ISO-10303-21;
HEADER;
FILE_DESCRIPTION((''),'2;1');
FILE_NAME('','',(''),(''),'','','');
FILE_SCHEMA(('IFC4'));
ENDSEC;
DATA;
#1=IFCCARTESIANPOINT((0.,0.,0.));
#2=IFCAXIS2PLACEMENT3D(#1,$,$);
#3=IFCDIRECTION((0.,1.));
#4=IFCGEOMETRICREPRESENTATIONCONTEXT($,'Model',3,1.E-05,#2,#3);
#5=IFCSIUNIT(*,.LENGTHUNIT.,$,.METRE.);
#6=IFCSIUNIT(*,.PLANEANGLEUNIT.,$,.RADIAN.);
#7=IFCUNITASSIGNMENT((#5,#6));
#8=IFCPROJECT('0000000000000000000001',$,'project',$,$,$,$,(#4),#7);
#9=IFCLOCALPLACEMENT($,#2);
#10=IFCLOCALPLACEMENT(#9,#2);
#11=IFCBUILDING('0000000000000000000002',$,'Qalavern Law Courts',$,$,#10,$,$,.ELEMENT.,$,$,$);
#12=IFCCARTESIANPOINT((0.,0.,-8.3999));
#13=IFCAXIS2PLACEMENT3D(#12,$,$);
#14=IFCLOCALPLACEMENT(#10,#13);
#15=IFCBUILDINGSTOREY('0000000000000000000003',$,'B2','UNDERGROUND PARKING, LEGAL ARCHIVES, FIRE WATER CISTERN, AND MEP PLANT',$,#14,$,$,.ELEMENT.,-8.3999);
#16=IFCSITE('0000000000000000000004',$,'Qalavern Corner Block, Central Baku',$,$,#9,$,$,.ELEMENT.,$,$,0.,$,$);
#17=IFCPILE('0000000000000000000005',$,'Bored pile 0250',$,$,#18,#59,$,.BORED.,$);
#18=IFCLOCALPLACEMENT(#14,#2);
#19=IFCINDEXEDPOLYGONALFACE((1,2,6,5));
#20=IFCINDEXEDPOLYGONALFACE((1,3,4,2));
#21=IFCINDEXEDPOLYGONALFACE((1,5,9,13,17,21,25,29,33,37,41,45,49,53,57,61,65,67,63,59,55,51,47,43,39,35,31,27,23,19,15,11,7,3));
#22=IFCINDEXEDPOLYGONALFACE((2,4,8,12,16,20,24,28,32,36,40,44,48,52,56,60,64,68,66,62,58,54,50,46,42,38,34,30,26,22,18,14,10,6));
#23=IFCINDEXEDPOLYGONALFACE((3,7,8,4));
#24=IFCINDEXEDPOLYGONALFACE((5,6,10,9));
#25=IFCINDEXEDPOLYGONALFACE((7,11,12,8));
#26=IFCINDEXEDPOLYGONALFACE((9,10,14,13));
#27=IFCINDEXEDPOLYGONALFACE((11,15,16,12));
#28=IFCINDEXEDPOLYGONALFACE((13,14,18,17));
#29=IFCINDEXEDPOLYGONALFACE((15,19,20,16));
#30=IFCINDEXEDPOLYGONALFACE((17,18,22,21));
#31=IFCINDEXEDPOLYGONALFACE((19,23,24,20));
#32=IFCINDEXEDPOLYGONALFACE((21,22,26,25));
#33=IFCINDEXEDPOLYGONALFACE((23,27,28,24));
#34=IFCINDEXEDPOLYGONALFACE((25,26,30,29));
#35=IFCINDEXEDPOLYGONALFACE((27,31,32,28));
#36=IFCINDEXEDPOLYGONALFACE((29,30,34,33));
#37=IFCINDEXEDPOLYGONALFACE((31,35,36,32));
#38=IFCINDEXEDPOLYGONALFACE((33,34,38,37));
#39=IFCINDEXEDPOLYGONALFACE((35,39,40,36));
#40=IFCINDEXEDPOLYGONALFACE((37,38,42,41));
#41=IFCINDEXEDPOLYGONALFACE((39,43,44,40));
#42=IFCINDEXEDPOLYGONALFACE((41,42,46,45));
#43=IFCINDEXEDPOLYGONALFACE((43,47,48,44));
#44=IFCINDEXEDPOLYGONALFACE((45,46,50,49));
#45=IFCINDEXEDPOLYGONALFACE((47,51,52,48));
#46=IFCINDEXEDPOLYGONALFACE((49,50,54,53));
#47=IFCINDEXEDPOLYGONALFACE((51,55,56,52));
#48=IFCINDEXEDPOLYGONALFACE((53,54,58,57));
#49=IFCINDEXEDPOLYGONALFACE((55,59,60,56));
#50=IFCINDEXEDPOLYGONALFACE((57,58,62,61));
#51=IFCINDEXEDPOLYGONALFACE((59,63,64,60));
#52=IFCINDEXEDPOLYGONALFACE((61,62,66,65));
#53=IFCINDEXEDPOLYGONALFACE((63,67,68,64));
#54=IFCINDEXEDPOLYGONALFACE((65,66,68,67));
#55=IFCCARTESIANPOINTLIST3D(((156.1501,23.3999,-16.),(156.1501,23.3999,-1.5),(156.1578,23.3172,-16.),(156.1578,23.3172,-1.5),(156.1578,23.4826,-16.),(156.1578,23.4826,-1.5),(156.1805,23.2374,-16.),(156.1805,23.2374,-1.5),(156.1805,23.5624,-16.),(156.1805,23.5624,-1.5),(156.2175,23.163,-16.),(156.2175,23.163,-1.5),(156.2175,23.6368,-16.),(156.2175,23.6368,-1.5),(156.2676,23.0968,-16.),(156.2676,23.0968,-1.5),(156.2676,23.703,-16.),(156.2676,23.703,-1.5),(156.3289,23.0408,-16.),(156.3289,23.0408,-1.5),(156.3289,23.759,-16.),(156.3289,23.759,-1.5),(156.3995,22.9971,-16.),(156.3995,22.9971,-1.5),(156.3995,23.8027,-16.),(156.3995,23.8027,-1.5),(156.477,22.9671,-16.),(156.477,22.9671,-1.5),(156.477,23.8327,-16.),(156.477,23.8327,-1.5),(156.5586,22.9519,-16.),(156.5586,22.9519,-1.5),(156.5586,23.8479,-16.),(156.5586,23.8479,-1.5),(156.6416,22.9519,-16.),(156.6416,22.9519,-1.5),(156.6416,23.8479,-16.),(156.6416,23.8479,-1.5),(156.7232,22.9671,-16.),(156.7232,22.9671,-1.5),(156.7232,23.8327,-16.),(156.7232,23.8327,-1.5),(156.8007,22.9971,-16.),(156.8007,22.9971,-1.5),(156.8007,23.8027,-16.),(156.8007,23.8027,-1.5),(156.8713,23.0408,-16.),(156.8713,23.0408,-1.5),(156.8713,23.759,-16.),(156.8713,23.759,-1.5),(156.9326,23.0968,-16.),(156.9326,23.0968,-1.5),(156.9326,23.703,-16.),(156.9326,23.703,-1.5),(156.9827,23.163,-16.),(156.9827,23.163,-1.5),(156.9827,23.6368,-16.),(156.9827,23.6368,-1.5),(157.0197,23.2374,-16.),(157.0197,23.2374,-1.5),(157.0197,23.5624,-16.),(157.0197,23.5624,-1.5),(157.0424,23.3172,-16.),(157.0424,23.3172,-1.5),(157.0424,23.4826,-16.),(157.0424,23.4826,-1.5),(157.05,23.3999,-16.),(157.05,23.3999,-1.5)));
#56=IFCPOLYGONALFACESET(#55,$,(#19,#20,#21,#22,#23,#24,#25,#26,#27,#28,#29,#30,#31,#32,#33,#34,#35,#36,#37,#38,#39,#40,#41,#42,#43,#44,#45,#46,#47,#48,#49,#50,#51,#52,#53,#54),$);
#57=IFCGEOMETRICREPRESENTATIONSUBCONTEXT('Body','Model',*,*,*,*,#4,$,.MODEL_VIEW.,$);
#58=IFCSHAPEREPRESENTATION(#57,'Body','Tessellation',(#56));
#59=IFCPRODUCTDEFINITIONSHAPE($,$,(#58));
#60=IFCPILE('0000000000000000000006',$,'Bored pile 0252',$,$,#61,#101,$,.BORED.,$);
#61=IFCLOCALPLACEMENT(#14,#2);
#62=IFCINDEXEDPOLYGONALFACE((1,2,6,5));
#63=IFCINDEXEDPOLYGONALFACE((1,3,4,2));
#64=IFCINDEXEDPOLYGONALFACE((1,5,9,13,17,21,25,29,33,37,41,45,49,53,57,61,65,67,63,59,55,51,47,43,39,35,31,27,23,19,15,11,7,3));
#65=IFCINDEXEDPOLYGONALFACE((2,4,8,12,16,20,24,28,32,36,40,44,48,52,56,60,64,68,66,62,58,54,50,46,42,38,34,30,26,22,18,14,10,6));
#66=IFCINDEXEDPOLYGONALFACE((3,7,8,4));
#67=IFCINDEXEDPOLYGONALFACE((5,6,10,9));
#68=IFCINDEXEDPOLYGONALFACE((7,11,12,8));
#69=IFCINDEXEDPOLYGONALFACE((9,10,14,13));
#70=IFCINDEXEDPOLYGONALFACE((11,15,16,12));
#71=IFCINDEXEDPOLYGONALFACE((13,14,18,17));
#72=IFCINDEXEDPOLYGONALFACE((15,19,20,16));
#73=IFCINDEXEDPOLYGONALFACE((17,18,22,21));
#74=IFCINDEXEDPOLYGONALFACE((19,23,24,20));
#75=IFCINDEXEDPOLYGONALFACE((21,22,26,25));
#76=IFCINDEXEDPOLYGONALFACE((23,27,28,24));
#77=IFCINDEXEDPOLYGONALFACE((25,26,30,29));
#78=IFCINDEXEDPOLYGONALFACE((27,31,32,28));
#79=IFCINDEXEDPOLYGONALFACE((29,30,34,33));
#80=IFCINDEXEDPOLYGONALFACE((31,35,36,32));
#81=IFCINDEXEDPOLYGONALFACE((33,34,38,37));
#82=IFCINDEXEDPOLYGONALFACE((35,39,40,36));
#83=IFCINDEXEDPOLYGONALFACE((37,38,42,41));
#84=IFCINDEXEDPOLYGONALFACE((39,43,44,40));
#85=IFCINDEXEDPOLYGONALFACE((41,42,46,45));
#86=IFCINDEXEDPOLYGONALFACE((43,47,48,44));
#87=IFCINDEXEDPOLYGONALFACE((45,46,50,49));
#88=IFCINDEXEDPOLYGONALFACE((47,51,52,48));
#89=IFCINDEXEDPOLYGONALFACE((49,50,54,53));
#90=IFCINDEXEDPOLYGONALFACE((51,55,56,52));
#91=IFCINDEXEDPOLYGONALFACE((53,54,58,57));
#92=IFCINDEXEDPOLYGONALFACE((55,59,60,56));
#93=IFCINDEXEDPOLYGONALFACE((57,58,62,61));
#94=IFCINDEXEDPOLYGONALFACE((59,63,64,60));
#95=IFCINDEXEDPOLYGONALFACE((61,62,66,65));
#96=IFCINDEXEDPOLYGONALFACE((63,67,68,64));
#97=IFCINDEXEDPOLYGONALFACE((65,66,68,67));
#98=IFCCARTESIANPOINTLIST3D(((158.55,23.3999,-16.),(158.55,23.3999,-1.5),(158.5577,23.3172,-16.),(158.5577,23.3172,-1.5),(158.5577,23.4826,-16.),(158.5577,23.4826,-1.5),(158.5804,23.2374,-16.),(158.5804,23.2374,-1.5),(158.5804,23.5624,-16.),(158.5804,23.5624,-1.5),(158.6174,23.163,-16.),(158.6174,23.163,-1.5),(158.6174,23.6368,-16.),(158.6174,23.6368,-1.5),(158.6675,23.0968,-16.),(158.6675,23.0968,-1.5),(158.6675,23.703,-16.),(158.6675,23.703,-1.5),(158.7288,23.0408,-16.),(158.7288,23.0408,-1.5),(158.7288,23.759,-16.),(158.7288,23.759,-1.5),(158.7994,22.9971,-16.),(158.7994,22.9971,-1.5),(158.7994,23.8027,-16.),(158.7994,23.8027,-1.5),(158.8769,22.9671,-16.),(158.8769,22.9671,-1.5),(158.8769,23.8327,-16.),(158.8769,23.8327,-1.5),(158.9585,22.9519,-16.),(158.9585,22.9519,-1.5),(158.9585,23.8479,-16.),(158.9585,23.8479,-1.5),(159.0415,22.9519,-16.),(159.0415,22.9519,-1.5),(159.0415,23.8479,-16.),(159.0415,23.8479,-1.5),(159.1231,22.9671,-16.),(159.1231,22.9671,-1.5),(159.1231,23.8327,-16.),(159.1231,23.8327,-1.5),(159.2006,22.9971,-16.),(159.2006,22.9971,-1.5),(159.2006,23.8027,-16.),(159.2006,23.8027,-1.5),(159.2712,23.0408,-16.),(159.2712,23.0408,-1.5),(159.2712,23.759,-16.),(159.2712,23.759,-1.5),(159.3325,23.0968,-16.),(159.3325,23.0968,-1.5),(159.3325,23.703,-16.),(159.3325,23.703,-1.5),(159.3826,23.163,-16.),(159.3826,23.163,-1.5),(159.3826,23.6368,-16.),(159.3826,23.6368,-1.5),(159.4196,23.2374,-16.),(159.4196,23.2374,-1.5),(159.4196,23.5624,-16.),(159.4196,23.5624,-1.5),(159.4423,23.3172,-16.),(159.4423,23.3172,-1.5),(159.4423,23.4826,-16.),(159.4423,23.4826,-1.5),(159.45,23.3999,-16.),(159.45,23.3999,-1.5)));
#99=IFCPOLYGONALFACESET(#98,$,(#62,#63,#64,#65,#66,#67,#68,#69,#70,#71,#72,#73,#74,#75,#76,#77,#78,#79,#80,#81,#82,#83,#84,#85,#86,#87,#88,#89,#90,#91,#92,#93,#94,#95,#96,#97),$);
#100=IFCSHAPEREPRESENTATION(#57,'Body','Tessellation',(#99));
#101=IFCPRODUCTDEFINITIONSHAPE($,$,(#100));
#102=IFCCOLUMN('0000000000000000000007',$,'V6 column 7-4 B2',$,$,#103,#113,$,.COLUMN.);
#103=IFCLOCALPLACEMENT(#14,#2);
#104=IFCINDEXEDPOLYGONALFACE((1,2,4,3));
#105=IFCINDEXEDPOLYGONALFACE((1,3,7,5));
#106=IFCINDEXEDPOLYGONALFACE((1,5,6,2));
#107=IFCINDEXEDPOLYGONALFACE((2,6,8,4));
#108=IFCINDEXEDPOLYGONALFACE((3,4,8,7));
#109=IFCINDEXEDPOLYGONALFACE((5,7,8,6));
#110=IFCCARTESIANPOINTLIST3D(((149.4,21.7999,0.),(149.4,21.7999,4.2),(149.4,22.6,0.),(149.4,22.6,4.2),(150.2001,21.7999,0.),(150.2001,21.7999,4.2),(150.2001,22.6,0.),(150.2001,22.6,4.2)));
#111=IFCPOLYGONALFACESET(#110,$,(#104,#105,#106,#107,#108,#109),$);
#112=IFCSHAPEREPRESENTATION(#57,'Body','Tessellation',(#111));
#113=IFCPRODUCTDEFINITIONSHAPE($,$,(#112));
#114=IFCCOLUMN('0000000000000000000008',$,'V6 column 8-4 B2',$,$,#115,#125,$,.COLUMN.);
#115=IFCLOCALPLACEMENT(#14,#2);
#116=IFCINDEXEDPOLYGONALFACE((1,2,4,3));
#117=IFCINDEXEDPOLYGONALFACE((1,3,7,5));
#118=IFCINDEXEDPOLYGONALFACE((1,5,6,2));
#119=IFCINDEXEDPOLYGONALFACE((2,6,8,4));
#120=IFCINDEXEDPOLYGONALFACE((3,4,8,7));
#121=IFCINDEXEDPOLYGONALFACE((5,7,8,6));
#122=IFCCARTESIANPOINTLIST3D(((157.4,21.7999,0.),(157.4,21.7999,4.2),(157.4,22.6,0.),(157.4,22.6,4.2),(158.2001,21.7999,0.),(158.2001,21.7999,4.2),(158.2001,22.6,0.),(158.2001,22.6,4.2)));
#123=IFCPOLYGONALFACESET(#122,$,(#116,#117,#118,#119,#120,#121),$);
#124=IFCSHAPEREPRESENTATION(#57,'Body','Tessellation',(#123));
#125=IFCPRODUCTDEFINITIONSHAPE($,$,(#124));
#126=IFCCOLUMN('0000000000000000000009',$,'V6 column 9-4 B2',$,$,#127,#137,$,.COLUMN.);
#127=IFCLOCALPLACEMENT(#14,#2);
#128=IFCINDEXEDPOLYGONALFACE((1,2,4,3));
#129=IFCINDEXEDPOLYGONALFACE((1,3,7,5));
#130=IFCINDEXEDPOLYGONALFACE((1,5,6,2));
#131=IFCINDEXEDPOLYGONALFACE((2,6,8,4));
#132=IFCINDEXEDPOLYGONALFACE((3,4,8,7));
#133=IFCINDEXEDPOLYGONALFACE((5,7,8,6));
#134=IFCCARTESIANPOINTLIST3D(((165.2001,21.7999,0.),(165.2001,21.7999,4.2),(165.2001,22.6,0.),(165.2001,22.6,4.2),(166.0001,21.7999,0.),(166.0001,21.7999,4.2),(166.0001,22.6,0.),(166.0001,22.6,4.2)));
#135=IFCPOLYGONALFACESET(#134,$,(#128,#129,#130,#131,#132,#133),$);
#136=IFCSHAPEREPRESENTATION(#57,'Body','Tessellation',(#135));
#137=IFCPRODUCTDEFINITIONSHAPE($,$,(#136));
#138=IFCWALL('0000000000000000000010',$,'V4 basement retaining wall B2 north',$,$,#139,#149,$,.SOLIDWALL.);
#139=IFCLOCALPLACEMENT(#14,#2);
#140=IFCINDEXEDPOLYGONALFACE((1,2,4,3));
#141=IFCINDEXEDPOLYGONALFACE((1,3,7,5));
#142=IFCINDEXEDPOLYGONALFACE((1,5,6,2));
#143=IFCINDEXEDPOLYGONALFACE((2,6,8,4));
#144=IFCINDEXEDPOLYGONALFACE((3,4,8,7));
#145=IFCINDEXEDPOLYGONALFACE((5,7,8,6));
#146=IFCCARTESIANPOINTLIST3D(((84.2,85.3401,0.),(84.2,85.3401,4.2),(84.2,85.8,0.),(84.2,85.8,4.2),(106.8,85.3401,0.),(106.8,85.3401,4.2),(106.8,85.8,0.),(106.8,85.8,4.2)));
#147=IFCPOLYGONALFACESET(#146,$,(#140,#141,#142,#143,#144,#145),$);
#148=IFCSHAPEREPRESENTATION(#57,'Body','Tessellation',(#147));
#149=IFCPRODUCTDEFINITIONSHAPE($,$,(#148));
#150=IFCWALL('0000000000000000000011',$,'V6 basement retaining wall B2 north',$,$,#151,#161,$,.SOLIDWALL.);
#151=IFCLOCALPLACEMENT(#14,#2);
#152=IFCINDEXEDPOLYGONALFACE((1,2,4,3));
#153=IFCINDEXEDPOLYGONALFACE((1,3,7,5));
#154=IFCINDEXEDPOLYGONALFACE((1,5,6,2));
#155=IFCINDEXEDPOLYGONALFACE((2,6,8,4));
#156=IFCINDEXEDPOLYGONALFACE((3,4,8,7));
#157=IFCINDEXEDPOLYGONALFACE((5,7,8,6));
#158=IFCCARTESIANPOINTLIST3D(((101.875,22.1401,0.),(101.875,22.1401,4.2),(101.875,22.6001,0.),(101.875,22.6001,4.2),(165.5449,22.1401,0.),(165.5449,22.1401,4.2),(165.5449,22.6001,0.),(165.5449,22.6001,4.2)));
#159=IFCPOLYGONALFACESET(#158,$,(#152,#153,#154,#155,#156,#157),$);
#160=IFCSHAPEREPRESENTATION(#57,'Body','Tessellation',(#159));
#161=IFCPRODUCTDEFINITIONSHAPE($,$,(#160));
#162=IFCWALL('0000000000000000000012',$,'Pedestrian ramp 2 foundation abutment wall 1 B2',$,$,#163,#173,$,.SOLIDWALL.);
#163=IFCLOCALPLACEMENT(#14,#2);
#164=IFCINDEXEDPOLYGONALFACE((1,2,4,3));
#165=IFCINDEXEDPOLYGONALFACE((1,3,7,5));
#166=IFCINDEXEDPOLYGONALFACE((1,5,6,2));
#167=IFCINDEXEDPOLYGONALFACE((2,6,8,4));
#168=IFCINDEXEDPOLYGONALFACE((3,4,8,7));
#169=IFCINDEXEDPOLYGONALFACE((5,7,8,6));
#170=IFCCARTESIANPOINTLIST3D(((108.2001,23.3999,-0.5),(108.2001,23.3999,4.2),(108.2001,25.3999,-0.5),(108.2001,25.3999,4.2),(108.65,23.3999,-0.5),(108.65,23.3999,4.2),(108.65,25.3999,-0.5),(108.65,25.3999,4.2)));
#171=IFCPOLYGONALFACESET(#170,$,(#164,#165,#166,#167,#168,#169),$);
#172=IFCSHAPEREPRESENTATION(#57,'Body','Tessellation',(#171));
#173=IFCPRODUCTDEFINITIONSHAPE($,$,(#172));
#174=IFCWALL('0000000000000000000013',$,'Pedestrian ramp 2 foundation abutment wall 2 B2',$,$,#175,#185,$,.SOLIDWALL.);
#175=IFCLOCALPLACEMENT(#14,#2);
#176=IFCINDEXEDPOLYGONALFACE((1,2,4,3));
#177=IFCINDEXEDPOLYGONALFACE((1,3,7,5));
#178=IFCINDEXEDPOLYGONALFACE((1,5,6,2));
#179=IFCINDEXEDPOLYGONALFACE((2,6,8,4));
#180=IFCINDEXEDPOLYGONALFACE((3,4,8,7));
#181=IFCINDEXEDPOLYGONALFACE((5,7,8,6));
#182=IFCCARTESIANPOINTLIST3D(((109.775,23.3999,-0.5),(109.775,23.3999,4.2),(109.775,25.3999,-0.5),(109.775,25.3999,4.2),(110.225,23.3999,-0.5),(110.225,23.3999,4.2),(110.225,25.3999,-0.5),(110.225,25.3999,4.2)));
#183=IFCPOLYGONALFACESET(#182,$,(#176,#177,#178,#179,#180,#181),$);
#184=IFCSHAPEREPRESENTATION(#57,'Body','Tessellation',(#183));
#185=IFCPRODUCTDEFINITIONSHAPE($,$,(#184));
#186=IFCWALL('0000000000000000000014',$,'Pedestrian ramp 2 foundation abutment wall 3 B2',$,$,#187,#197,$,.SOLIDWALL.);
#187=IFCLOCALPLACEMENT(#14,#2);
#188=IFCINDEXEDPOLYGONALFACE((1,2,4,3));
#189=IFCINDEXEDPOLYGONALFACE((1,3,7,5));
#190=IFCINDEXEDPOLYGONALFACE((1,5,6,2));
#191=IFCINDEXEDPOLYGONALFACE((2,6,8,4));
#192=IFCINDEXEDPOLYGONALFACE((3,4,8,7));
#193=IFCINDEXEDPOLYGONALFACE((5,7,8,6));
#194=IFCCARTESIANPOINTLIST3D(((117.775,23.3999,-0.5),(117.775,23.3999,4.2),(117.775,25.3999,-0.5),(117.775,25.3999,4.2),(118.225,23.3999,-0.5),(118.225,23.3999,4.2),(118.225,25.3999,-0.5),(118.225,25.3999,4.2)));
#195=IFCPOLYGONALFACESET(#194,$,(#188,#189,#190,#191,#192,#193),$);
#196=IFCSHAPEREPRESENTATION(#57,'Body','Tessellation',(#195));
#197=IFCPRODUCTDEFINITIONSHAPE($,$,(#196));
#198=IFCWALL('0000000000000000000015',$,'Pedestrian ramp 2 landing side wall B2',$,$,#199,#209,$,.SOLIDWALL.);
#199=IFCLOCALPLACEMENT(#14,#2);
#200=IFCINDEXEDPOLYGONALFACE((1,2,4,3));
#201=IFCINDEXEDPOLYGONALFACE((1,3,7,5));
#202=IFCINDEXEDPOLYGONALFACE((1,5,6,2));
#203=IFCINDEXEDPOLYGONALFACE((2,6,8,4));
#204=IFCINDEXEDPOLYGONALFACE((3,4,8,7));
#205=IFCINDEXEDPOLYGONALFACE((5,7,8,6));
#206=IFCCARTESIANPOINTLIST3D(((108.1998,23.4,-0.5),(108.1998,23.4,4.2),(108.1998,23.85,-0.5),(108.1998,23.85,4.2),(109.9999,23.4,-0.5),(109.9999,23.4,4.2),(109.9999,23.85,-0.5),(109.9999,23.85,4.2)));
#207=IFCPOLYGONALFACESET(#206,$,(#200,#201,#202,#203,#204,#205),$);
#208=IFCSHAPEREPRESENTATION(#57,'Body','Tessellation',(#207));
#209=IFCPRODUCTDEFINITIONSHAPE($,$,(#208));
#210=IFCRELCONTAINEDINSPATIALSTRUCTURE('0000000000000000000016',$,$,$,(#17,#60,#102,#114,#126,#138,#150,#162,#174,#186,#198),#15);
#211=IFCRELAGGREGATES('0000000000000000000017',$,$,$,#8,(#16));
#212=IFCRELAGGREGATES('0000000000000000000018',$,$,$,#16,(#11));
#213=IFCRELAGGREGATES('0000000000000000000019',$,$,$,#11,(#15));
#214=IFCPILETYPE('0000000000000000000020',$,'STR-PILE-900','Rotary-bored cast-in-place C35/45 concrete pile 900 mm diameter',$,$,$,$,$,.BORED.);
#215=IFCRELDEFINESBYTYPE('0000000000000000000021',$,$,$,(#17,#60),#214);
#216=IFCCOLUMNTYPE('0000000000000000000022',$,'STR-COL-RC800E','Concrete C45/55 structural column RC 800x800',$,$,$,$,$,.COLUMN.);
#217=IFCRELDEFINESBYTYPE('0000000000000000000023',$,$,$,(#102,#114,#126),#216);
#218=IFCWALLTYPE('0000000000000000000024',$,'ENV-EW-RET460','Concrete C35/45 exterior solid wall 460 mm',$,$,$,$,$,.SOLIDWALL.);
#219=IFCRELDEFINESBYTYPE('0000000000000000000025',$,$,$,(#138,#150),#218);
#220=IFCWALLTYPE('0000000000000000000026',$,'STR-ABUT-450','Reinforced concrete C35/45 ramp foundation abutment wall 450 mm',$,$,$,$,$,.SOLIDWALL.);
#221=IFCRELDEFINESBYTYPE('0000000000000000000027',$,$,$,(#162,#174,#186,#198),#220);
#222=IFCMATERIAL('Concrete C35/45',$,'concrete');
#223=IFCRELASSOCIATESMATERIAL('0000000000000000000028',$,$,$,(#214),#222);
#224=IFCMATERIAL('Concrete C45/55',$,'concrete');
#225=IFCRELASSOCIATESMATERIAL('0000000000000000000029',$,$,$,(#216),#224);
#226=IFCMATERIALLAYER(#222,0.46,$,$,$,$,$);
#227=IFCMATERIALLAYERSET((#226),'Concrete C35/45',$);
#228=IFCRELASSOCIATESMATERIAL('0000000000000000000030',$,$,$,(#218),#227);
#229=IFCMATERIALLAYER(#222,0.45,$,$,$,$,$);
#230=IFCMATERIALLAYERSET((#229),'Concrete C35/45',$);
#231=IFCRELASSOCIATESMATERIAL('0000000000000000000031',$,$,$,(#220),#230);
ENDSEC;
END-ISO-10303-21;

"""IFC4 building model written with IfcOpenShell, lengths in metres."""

from ifc_helpers import new_model, si_unit, direction, frame, frame_2d, origin, origin_2d, place, context, subcontext, project, spatial, rectangle, circle, extrude, material, layer, layer_set, material_profile, profile_set, type_object, element, save


model = new_model("IFC4")

# Units and contexts
model_context = context("Model", 3, precision=1e-05, world=origin(), true_north=direction((0.0, 1.0)))
body_context = subcontext(model_context, "Body", "Model", "MODEL_VIEW")
ifc_project = project(units=[si_unit("LENGTHUNIT", "METRE"), si_unit("PLANEANGLEUNIT", "RADIAN")], contexts=[model_context])

# Site, building, storey
site_placement = place(None, origin())
site = spatial("IfcSite", under=ifc_project, at=site_placement, Name="Qalavern Corner Block, Central Baku", CompositionType="ELEMENT", RefElevation=0.0)
building_placement = place(site_placement, origin())
building = spatial("IfcBuilding", under=site, at=building_placement, Name="Qalavern Law Courts", CompositionType="ELEMENT")
storey_placement = place(building_placement, frame((0.0, 0.0, -8.3999)))
storey = spatial("IfcBuildingStorey", under=building, at=storey_placement, Name="B2", Description="UNDERGROUND PARKING, LEGAL ARCHIVES, FIRE WATER CISTERN, AND MEP PLANT", CompositionType="ELEMENT", Elevation=-8.3999)

# Shared definitions
ifc_material_1 = material(Name="Concrete C35/45", Category="concrete")

# Piles
ifc_material_profile_1 = material_profile(ifc_material_1, circle(Radius=0.45, at=origin_2d()), Name="BORED PILE 900")
ifc_profile_set_1 = profile_set([ifc_material_profile_1], Name="Concrete C35/45")
pile_type_1 = type_object("IfcPileType", Name="STR-PILE-900", Description="Rotary-bored cast-in-place C35/45 concrete pile 900 mm diameter", PredefinedType="BORED", material=ifc_profile_set_1)
for number, where, z_axis, x_axis, name in (
    (1, (156.6001, 23.3999, -1.5), (0.0, 0.0, -1.0), (1.0, 0.0, 0.0), "Bored pile 0250"),
    (2, (159.0, 23.3999, -1.5), (0.0, 0.0, -1.0), (1.0, 0.0, 0.0), "Bored pile 0252"),
):
    element("IfcPile", number, at=place(storey_placement, frame(where, z_axis=z_axis, x_axis=x_axis)), inside=storey, type_object=pile_type_1, Name=name, PredefinedType="BORED", context=body_context, shape_type="SweptSolid", body=[
        extrude(circle(Radius=0.45, at=origin_2d()), origin(), (0.0, 0.0, 1.0), 14.5),
    ])

# Columns
ifc_material_2 = material(Name="Concrete C45/55", Category="concrete")
ifc_material_profile_2 = material_profile(ifc_material_2, rectangle(XDim=0.8, YDim=0.8, at=origin_2d()), Name="RC 800x800")
ifc_profile_set_2 = profile_set([ifc_material_profile_2], Name="Concrete C45/55")
column_type = type_object("IfcColumnType", Name="STR-COL-RC800E", Description="Concrete C45/55 structural column RC 800x800", PredefinedType="COLUMN", material=ifc_profile_set_2)
for number, where, z_axis, x_axis, name in (
    (3, (149.8, 22.2, 0.0), (0.0, 0.0, 1.0), (1.0, 0.0, 0.0), "V6 column 7-4 B2"),
    (4, (157.8, 22.2, 0.0), (0.0, 0.0, 1.0), (1.0, 0.0, 0.0), "V6 column 8-4 B2"),
    (5, (165.6001, 22.2, 0.0), (0.0, 0.0, 1.0), (1.0, 0.0, 0.0), "V6 column 9-4 B2"),
):
    element("IfcColumn", number, at=place(storey_placement, frame(where, z_axis=z_axis, x_axis=x_axis)), inside=storey, type_object=column_type, Name=name, PredefinedType="COLUMN", context=body_context, shape_type="SweptSolid", body=[
        extrude(rectangle(XDim=0.8, YDim=0.8, at=origin_2d()), origin(), (0.0, 0.0, 1.0), 4.2),
    ])

# Walls
ifc_layer_1 = layer(ifc_material_1, 0.46)
ifc_layer_set_1 = layer_set([ifc_layer_1], Name="Concrete C35/45")
wall_type_1 = type_object("IfcWallType", Name="ENV-EW-RET460", Description="Concrete C35/45 exterior solid wall 460 mm", PredefinedType="SOLIDWALL", material=ifc_layer_set_1)
wall_1_placement = place(storey_placement, frame((106.8, 85.5701, 0.0), z_axis=(0.0, 0.0, 1.0), x_axis=(-1.0, 0.0, 0.0)))
element("IfcWall", 6, at=wall_1_placement, inside=storey, type_object=wall_type_1, Name="V4 basement retaining wall B2 north", PredefinedType="SOLIDWALL", context=body_context, shape_type="SweptSolid", body=[
    extrude(rectangle(XDim=22.6001, YDim=0.46, at=frame_2d((11.3, 0.0))), origin(), (0.0, 0.0, 1.0), 4.2),
])
wall_2_placement = place(storey_placement, frame((165.5449, 22.3701, 0.0), z_axis=(0.0, 0.0, 1.0), x_axis=(-1.0, 0.0, 0.0)))
element("IfcWall", 7, at=wall_2_placement, inside=storey, type_object=wall_type_1, Name="V6 basement retaining wall B2 north", PredefinedType="SOLIDWALL", context=body_context, shape_type="SweptSolid", body=[
    extrude(rectangle(XDim=63.6699, YDim=0.46, at=frame_2d((31.835, 0.0))), origin(), (0.0, 0.0, 1.0), 4.2),
])
ifc_layer_2 = layer(ifc_material_1, 0.45)
ifc_layer_set_2 = layer_set([ifc_layer_2], Name="Concrete C35/45")
wall_type_2 = type_object("IfcWallType", Name="STR-ABUT-450", Description="Reinforced concrete C35/45 ramp foundation abutment wall 450 mm", PredefinedType="SOLIDWALL", material=ifc_layer_set_2)
for number, where, z_axis, x_axis, name in (
    (8, (108.425, 23.3999, -0.5), (0.0, 0.0, 1.0), (0.0, 1.0, 0.0), "Pedestrian ramp 2 foundation abutment wall 1 B2"),
    (9, (110.0, 23.3999, -0.5), (0.0, 0.0, 1.0), (0.0, 1.0, 0.0), "Pedestrian ramp 2 foundation abutment wall 2 B2"),
    (10, (118.0, 23.3999, -0.5), (0.0, 0.0, 1.0), (0.0, 1.0, 0.0), "Pedestrian ramp 2 foundation abutment wall 3 B2"),
):
    element("IfcWall", number, at=place(storey_placement, frame(where, z_axis=z_axis, x_axis=x_axis)), inside=storey, type_object=wall_type_2, Name=name, PredefinedType="SOLIDWALL", context=body_context, shape_type="SweptSolid", body=[
        extrude(rectangle(XDim=2.0, YDim=0.45, at=frame_2d((1.0, 0.0))), origin(), (0.0, 0.0, 1.0), 4.7),
    ])
wall_3_placement = place(storey_placement, frame((108.2, 23.625, -0.5), z_axis=(0.0, 0.0, 1.0), x_axis=(1.0, 0.0, 0.0)))
element("IfcWall", 11, at=wall_3_placement, inside=storey, type_object=wall_type_2, Name="Pedestrian ramp 2 landing side wall B2", PredefinedType="SOLIDWALL", context=body_context, shape_type="SweptSolid", body=[
    extrude(rectangle(XDim=1.8, YDim=0.45, at=frame_2d((0.8999, 0.0))), origin(), (0.0, 0.0, 1.0), 4.7),
])

save(model, "model.ifc")
